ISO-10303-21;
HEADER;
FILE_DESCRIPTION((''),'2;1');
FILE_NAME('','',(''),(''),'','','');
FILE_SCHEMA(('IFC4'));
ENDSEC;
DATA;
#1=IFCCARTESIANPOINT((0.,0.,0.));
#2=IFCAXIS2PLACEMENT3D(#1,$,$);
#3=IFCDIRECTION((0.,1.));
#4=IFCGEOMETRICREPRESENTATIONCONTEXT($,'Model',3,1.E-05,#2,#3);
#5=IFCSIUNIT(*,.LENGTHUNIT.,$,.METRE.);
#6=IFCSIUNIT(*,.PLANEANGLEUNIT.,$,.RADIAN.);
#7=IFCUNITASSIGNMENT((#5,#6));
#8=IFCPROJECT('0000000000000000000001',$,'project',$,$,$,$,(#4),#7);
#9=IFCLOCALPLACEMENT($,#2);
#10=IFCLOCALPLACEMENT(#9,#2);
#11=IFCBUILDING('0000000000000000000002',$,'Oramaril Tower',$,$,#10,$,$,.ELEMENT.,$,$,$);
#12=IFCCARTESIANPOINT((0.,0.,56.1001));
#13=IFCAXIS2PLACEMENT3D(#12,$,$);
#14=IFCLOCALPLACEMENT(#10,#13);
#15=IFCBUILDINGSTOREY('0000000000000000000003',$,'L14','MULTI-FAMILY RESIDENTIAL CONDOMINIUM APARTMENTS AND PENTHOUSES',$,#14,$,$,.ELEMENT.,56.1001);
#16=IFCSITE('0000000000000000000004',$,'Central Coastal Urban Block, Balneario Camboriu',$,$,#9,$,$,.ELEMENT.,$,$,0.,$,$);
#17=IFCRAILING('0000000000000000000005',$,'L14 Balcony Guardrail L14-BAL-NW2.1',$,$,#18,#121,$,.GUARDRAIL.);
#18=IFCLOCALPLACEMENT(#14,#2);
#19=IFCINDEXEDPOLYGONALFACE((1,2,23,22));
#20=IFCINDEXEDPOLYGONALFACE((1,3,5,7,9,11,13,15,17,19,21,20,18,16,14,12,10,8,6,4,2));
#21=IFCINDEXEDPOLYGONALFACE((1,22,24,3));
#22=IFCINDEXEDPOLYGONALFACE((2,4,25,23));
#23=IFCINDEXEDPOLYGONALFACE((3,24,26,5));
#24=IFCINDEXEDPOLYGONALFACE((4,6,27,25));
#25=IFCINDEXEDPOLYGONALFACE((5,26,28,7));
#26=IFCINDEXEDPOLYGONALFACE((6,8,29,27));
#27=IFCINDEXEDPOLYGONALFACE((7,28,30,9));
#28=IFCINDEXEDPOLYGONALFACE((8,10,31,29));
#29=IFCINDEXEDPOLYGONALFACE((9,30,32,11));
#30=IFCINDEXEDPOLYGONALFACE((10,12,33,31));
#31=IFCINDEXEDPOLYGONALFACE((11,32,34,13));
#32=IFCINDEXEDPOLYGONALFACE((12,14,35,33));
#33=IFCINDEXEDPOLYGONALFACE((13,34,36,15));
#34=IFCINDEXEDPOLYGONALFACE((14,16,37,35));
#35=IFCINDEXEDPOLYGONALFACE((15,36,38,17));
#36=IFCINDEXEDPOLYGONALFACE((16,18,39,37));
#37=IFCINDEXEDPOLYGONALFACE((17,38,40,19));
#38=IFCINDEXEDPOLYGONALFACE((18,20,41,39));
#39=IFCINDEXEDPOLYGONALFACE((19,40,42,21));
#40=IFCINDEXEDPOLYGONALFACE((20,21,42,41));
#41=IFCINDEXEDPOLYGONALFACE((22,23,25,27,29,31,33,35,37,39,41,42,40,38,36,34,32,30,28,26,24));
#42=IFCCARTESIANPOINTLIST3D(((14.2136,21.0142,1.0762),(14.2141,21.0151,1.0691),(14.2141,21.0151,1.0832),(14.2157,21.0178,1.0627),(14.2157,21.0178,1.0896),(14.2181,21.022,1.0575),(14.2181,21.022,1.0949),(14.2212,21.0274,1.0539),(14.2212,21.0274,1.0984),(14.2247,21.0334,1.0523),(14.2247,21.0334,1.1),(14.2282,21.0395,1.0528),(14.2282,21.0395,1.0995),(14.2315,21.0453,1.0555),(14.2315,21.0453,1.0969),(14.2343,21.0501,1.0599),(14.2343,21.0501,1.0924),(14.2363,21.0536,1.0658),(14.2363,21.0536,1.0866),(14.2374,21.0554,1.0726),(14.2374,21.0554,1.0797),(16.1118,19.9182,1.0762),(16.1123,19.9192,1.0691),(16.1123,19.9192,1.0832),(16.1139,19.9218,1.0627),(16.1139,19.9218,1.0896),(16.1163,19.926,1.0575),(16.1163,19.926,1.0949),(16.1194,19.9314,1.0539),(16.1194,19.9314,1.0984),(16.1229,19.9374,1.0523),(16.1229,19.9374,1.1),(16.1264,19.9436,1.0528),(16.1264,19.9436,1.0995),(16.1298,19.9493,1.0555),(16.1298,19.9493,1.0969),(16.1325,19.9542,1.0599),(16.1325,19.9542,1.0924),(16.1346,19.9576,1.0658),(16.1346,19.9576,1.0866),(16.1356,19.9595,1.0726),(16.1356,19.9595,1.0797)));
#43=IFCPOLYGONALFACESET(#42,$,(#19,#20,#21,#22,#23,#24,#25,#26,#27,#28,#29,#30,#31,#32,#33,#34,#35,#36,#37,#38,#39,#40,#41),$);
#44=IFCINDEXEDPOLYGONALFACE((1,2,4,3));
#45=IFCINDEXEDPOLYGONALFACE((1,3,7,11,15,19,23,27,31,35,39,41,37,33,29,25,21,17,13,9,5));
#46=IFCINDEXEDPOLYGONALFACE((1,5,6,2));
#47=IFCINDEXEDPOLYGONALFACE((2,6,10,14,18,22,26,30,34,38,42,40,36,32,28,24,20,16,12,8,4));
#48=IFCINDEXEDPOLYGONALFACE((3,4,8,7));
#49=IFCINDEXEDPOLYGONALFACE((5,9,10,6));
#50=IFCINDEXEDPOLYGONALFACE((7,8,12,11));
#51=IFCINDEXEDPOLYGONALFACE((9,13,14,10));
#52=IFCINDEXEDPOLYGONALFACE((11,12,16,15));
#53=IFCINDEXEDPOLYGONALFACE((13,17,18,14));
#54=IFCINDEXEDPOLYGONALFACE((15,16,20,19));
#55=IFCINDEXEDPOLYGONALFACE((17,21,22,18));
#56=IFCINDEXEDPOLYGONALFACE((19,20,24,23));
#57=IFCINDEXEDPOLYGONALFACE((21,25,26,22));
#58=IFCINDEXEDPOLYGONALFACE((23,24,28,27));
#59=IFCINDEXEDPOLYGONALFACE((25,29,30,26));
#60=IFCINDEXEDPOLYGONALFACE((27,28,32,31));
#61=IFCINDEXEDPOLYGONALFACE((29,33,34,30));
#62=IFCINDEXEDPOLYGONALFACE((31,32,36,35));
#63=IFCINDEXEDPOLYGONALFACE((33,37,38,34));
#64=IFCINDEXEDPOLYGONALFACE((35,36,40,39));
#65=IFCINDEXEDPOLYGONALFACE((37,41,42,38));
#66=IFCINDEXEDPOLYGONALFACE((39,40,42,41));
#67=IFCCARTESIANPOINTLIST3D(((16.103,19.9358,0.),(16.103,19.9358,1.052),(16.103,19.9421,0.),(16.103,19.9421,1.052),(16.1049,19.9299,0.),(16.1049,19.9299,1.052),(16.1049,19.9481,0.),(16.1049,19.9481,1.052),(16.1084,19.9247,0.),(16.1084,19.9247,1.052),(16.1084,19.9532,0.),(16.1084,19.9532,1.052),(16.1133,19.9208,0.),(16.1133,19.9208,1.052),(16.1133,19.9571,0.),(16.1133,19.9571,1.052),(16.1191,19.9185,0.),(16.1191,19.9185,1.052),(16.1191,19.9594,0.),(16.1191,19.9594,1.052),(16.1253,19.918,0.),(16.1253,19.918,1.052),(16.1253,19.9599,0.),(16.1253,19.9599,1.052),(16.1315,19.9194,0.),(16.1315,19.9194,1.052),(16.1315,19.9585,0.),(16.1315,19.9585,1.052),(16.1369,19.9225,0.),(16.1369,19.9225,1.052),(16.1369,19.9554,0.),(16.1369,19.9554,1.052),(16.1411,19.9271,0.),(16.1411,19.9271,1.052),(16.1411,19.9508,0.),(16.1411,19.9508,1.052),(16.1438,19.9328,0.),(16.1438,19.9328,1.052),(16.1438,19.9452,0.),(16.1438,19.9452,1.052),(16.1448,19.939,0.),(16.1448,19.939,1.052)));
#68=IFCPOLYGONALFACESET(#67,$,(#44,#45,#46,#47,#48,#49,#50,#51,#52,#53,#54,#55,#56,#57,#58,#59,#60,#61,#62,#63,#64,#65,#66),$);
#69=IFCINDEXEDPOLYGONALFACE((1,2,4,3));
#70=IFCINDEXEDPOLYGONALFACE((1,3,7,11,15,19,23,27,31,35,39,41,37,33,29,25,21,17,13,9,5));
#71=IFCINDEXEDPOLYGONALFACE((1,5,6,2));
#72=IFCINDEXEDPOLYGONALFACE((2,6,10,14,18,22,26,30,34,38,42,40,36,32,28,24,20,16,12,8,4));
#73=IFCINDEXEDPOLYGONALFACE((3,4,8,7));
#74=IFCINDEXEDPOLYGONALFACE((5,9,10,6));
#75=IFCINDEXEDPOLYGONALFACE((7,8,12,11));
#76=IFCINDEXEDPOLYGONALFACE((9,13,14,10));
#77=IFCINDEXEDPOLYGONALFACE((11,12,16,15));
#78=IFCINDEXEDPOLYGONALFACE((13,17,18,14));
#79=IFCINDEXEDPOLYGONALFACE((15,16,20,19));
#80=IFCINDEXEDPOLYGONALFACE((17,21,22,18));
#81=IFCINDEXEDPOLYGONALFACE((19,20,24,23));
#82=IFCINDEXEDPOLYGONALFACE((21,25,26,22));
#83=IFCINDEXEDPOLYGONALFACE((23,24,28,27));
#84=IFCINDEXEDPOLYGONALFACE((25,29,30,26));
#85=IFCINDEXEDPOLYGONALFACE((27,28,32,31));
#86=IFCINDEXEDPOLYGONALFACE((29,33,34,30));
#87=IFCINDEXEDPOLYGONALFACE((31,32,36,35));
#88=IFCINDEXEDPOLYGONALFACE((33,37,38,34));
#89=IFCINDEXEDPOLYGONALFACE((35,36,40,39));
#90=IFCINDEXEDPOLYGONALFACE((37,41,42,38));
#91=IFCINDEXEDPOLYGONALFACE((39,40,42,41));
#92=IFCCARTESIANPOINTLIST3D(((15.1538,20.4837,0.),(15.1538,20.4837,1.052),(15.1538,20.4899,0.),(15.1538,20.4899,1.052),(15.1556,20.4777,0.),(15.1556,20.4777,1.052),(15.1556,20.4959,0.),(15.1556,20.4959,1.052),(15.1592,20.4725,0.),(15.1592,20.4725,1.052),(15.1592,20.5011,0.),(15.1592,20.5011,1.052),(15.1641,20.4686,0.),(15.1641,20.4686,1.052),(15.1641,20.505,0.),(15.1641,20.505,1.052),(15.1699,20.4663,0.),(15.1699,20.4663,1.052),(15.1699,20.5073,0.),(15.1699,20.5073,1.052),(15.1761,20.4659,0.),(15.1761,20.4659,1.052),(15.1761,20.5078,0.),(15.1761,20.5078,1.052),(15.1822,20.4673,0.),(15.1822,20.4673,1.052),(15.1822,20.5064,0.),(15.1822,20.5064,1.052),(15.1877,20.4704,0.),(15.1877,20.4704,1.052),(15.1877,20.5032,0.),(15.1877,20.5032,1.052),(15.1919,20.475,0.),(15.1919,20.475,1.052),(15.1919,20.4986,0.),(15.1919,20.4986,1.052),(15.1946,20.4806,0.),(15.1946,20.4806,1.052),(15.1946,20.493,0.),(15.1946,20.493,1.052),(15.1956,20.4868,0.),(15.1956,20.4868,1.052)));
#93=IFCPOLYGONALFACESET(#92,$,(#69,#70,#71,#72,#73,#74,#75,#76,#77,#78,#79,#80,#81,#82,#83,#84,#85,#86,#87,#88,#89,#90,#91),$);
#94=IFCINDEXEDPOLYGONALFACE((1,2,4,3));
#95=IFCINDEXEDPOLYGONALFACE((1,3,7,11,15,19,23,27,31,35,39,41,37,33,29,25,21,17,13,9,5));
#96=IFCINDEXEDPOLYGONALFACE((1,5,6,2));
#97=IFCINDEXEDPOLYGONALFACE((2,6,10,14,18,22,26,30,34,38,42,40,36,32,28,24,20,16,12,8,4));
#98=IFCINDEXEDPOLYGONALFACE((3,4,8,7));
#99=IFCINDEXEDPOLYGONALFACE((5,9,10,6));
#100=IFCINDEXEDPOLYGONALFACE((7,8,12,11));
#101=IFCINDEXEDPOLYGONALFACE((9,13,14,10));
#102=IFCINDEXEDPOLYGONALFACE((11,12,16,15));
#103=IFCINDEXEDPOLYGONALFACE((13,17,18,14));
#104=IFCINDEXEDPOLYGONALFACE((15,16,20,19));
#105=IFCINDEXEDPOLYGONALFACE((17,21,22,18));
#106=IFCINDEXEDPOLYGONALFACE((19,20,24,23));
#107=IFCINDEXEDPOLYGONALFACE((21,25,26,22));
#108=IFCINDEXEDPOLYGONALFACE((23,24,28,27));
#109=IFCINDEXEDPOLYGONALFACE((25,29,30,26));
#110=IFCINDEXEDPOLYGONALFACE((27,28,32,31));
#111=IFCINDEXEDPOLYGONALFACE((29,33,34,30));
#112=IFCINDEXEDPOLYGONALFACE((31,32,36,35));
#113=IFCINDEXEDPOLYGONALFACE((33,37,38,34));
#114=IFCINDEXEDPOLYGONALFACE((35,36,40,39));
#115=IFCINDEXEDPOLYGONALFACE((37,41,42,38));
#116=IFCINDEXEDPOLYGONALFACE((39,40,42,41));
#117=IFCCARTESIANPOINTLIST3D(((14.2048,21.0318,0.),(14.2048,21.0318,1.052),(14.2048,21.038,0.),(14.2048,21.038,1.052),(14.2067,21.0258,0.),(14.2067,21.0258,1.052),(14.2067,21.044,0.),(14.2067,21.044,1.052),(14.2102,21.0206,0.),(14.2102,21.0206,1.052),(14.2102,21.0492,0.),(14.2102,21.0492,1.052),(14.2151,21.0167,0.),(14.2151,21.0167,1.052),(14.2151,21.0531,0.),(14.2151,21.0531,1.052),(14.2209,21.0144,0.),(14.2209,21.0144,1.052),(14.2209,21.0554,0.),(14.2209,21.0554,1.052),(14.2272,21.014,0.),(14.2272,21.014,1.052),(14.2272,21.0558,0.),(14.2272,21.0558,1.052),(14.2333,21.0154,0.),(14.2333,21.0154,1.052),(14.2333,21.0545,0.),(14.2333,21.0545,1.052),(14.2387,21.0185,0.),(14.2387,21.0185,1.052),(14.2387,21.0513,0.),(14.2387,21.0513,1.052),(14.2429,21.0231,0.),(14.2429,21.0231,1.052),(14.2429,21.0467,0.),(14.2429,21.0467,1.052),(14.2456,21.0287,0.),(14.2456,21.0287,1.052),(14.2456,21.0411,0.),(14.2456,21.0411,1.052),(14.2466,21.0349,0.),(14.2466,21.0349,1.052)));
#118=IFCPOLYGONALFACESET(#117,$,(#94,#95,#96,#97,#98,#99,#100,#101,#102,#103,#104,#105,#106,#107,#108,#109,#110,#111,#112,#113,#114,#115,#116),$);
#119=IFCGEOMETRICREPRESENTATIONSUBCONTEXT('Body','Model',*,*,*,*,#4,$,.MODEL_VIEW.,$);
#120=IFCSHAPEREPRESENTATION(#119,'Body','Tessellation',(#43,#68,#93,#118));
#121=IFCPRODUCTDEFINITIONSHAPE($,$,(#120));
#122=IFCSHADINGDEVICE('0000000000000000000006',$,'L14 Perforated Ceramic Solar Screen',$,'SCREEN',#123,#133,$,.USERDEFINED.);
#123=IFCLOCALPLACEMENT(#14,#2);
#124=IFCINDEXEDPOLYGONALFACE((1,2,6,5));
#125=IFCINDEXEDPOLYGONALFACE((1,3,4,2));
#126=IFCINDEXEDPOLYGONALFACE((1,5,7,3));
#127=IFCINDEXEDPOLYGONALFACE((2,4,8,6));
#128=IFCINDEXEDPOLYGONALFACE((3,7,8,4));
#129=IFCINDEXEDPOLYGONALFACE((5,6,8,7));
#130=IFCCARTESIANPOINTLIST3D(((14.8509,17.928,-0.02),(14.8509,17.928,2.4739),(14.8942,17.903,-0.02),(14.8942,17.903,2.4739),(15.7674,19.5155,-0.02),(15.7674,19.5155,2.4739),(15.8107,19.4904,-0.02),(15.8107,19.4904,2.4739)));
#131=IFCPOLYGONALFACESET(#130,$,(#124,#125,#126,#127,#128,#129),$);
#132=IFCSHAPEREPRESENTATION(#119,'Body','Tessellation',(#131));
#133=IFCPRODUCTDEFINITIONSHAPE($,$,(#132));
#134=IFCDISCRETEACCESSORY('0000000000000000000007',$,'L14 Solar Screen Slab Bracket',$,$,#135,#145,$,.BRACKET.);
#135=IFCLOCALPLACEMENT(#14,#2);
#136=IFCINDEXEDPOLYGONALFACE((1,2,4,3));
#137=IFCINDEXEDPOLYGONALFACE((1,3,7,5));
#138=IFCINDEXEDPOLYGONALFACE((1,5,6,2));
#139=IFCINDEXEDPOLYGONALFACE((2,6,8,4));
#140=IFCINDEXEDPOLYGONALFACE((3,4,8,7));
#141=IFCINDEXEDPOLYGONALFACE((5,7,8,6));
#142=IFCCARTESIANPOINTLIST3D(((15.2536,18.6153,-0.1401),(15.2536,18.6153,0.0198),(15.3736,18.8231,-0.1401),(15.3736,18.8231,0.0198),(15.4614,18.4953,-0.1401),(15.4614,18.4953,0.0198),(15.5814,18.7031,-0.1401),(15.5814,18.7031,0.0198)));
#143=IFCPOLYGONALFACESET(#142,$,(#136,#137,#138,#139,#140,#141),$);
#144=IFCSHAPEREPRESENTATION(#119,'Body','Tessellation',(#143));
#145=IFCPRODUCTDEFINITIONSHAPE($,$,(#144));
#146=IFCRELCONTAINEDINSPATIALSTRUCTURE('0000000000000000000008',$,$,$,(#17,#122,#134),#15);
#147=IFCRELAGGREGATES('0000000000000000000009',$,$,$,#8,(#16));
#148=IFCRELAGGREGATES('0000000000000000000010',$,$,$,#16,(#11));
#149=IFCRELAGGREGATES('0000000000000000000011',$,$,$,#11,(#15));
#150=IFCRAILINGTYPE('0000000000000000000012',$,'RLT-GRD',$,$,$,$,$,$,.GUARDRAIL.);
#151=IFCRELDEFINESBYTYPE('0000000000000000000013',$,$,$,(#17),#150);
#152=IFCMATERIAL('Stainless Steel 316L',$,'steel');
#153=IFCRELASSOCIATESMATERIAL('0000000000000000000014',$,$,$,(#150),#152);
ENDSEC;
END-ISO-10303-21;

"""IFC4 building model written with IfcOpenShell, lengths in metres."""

from ifc_helpers import new_model, si_unit, direction, frame, origin, origin_2d, place, context, subcontext, project, spatial, rectangle, circle, extrude, material, type_object, element, save


model = new_model("IFC4")

# Units and contexts
model_context = context("Model", 3, precision=1e-05, world=origin(), true_north=direction((0.0, 1.0)))
body_context = subcontext(model_context, "Body", "Model", "MODEL_VIEW")
ifc_project = project(units=[si_unit("LENGTHUNIT", "METRE"), si_unit("PLANEANGLEUNIT", "RADIAN")], contexts=[model_context])

# Site, building, storey
site_placement = place(None, origin())
site = spatial("IfcSite", under=ifc_project, at=site_placement, Name="Central Coastal Urban Block, Balneario Camboriu", CompositionType="ELEMENT", RefElevation=0.0)
building_placement = place(site_placement, origin())
building = spatial("IfcBuilding", under=site, at=building_placement, Name="Oramaril Tower", CompositionType="ELEMENT")
storey_placement = place(building_placement, frame((0.0, 0.0, 56.1001)))
storey = spatial("IfcBuildingStorey", under=building, at=storey_placement, Name="L14", Description="MULTI-FAMILY RESIDENTIAL CONDOMINIUM APARTMENTS AND PENTHOUSES", CompositionType="ELEMENT", Elevation=56.1001)

# Railing
ifc_material_1 = material(Name="Stainless Steel 316L", Category="steel")
railing_type = type_object("IfcRailingType", Name="RLT-GRD", PredefinedType="GUARDRAIL", material=ifc_material_1)
railing_1_placement = place(storey_placement, frame((16.1238, 19.939, 0.0)))
element("IfcRailing", 1, at=railing_1_placement, inside=storey, type_object=railing_type, Name="L14 Balcony Guardrail L14-BAL-NW2.1", PredefinedType="GUARDRAIL", context=body_context, shape_type="SweptSolid", body=[
    extrude(circle(Radius=0.0239, at=origin_2d()), frame((0.0, 0.0, 1.0762), z_axis=(-0.866021, 0.500008, 0.0), x_axis=(-0.500008, -0.866021, 0.0)), (0.0, 0.0, 1.0), 2.1919),
    extrude(circle(Radius=0.021, at=origin_2d()), origin(), (0.0, 0.0, 1.0), 1.052),
    extrude(circle(Radius=0.021, at=origin_2d()), frame((-0.9492, 0.5479, 0.0)), (0.0, 0.0, 1.0), 1.052),
    extrude(circle(Radius=0.021, at=origin_2d()), frame((-1.8982, 1.0959, 0.0)), (0.0, 0.0, 1.0), 1.052),
])

# Shading device
shading_device_placement = place(storey_placement, frame((15.3308, 18.7092, -0.02), z_axis=(0.0, 0.0, 1.0), x_axis=(-0.499998, -0.866026, 0.0)))
element("IfcShadingDevice", 2, at=shading_device_placement, inside=storey, Name="L14 Perforated Ceramic Solar Screen", ObjectType="SCREEN", PredefinedType="USERDEFINED", context=body_context, shape_type="SweptSolid", body=[
    extrude(rectangle(XDim=1.833, YDim=0.05, at=origin_2d()), origin(), (0.0, 0.0, 1.0), 2.4939),
])

# Discrete accessory
discrete_accessory_placement = place(storey_placement, frame((15.4175, 18.6592, -0.1401), z_axis=(0.0, 0.0, 1.0), x_axis=(-0.499998, -0.866026, 0.0)))
element("IfcDiscreteAccessory", 3, at=discrete_accessory_placement, inside=storey, Name="L14 Solar Screen Slab Bracket", PredefinedType="BRACKET", context=body_context, shape_type="SweptSolid", body=[
    extrude(rectangle(XDim=0.24, YDim=0.24, at=origin_2d()), origin(), (0.0, 0.0, 1.0), 0.1599),
])

save(model, "model.ifc")
